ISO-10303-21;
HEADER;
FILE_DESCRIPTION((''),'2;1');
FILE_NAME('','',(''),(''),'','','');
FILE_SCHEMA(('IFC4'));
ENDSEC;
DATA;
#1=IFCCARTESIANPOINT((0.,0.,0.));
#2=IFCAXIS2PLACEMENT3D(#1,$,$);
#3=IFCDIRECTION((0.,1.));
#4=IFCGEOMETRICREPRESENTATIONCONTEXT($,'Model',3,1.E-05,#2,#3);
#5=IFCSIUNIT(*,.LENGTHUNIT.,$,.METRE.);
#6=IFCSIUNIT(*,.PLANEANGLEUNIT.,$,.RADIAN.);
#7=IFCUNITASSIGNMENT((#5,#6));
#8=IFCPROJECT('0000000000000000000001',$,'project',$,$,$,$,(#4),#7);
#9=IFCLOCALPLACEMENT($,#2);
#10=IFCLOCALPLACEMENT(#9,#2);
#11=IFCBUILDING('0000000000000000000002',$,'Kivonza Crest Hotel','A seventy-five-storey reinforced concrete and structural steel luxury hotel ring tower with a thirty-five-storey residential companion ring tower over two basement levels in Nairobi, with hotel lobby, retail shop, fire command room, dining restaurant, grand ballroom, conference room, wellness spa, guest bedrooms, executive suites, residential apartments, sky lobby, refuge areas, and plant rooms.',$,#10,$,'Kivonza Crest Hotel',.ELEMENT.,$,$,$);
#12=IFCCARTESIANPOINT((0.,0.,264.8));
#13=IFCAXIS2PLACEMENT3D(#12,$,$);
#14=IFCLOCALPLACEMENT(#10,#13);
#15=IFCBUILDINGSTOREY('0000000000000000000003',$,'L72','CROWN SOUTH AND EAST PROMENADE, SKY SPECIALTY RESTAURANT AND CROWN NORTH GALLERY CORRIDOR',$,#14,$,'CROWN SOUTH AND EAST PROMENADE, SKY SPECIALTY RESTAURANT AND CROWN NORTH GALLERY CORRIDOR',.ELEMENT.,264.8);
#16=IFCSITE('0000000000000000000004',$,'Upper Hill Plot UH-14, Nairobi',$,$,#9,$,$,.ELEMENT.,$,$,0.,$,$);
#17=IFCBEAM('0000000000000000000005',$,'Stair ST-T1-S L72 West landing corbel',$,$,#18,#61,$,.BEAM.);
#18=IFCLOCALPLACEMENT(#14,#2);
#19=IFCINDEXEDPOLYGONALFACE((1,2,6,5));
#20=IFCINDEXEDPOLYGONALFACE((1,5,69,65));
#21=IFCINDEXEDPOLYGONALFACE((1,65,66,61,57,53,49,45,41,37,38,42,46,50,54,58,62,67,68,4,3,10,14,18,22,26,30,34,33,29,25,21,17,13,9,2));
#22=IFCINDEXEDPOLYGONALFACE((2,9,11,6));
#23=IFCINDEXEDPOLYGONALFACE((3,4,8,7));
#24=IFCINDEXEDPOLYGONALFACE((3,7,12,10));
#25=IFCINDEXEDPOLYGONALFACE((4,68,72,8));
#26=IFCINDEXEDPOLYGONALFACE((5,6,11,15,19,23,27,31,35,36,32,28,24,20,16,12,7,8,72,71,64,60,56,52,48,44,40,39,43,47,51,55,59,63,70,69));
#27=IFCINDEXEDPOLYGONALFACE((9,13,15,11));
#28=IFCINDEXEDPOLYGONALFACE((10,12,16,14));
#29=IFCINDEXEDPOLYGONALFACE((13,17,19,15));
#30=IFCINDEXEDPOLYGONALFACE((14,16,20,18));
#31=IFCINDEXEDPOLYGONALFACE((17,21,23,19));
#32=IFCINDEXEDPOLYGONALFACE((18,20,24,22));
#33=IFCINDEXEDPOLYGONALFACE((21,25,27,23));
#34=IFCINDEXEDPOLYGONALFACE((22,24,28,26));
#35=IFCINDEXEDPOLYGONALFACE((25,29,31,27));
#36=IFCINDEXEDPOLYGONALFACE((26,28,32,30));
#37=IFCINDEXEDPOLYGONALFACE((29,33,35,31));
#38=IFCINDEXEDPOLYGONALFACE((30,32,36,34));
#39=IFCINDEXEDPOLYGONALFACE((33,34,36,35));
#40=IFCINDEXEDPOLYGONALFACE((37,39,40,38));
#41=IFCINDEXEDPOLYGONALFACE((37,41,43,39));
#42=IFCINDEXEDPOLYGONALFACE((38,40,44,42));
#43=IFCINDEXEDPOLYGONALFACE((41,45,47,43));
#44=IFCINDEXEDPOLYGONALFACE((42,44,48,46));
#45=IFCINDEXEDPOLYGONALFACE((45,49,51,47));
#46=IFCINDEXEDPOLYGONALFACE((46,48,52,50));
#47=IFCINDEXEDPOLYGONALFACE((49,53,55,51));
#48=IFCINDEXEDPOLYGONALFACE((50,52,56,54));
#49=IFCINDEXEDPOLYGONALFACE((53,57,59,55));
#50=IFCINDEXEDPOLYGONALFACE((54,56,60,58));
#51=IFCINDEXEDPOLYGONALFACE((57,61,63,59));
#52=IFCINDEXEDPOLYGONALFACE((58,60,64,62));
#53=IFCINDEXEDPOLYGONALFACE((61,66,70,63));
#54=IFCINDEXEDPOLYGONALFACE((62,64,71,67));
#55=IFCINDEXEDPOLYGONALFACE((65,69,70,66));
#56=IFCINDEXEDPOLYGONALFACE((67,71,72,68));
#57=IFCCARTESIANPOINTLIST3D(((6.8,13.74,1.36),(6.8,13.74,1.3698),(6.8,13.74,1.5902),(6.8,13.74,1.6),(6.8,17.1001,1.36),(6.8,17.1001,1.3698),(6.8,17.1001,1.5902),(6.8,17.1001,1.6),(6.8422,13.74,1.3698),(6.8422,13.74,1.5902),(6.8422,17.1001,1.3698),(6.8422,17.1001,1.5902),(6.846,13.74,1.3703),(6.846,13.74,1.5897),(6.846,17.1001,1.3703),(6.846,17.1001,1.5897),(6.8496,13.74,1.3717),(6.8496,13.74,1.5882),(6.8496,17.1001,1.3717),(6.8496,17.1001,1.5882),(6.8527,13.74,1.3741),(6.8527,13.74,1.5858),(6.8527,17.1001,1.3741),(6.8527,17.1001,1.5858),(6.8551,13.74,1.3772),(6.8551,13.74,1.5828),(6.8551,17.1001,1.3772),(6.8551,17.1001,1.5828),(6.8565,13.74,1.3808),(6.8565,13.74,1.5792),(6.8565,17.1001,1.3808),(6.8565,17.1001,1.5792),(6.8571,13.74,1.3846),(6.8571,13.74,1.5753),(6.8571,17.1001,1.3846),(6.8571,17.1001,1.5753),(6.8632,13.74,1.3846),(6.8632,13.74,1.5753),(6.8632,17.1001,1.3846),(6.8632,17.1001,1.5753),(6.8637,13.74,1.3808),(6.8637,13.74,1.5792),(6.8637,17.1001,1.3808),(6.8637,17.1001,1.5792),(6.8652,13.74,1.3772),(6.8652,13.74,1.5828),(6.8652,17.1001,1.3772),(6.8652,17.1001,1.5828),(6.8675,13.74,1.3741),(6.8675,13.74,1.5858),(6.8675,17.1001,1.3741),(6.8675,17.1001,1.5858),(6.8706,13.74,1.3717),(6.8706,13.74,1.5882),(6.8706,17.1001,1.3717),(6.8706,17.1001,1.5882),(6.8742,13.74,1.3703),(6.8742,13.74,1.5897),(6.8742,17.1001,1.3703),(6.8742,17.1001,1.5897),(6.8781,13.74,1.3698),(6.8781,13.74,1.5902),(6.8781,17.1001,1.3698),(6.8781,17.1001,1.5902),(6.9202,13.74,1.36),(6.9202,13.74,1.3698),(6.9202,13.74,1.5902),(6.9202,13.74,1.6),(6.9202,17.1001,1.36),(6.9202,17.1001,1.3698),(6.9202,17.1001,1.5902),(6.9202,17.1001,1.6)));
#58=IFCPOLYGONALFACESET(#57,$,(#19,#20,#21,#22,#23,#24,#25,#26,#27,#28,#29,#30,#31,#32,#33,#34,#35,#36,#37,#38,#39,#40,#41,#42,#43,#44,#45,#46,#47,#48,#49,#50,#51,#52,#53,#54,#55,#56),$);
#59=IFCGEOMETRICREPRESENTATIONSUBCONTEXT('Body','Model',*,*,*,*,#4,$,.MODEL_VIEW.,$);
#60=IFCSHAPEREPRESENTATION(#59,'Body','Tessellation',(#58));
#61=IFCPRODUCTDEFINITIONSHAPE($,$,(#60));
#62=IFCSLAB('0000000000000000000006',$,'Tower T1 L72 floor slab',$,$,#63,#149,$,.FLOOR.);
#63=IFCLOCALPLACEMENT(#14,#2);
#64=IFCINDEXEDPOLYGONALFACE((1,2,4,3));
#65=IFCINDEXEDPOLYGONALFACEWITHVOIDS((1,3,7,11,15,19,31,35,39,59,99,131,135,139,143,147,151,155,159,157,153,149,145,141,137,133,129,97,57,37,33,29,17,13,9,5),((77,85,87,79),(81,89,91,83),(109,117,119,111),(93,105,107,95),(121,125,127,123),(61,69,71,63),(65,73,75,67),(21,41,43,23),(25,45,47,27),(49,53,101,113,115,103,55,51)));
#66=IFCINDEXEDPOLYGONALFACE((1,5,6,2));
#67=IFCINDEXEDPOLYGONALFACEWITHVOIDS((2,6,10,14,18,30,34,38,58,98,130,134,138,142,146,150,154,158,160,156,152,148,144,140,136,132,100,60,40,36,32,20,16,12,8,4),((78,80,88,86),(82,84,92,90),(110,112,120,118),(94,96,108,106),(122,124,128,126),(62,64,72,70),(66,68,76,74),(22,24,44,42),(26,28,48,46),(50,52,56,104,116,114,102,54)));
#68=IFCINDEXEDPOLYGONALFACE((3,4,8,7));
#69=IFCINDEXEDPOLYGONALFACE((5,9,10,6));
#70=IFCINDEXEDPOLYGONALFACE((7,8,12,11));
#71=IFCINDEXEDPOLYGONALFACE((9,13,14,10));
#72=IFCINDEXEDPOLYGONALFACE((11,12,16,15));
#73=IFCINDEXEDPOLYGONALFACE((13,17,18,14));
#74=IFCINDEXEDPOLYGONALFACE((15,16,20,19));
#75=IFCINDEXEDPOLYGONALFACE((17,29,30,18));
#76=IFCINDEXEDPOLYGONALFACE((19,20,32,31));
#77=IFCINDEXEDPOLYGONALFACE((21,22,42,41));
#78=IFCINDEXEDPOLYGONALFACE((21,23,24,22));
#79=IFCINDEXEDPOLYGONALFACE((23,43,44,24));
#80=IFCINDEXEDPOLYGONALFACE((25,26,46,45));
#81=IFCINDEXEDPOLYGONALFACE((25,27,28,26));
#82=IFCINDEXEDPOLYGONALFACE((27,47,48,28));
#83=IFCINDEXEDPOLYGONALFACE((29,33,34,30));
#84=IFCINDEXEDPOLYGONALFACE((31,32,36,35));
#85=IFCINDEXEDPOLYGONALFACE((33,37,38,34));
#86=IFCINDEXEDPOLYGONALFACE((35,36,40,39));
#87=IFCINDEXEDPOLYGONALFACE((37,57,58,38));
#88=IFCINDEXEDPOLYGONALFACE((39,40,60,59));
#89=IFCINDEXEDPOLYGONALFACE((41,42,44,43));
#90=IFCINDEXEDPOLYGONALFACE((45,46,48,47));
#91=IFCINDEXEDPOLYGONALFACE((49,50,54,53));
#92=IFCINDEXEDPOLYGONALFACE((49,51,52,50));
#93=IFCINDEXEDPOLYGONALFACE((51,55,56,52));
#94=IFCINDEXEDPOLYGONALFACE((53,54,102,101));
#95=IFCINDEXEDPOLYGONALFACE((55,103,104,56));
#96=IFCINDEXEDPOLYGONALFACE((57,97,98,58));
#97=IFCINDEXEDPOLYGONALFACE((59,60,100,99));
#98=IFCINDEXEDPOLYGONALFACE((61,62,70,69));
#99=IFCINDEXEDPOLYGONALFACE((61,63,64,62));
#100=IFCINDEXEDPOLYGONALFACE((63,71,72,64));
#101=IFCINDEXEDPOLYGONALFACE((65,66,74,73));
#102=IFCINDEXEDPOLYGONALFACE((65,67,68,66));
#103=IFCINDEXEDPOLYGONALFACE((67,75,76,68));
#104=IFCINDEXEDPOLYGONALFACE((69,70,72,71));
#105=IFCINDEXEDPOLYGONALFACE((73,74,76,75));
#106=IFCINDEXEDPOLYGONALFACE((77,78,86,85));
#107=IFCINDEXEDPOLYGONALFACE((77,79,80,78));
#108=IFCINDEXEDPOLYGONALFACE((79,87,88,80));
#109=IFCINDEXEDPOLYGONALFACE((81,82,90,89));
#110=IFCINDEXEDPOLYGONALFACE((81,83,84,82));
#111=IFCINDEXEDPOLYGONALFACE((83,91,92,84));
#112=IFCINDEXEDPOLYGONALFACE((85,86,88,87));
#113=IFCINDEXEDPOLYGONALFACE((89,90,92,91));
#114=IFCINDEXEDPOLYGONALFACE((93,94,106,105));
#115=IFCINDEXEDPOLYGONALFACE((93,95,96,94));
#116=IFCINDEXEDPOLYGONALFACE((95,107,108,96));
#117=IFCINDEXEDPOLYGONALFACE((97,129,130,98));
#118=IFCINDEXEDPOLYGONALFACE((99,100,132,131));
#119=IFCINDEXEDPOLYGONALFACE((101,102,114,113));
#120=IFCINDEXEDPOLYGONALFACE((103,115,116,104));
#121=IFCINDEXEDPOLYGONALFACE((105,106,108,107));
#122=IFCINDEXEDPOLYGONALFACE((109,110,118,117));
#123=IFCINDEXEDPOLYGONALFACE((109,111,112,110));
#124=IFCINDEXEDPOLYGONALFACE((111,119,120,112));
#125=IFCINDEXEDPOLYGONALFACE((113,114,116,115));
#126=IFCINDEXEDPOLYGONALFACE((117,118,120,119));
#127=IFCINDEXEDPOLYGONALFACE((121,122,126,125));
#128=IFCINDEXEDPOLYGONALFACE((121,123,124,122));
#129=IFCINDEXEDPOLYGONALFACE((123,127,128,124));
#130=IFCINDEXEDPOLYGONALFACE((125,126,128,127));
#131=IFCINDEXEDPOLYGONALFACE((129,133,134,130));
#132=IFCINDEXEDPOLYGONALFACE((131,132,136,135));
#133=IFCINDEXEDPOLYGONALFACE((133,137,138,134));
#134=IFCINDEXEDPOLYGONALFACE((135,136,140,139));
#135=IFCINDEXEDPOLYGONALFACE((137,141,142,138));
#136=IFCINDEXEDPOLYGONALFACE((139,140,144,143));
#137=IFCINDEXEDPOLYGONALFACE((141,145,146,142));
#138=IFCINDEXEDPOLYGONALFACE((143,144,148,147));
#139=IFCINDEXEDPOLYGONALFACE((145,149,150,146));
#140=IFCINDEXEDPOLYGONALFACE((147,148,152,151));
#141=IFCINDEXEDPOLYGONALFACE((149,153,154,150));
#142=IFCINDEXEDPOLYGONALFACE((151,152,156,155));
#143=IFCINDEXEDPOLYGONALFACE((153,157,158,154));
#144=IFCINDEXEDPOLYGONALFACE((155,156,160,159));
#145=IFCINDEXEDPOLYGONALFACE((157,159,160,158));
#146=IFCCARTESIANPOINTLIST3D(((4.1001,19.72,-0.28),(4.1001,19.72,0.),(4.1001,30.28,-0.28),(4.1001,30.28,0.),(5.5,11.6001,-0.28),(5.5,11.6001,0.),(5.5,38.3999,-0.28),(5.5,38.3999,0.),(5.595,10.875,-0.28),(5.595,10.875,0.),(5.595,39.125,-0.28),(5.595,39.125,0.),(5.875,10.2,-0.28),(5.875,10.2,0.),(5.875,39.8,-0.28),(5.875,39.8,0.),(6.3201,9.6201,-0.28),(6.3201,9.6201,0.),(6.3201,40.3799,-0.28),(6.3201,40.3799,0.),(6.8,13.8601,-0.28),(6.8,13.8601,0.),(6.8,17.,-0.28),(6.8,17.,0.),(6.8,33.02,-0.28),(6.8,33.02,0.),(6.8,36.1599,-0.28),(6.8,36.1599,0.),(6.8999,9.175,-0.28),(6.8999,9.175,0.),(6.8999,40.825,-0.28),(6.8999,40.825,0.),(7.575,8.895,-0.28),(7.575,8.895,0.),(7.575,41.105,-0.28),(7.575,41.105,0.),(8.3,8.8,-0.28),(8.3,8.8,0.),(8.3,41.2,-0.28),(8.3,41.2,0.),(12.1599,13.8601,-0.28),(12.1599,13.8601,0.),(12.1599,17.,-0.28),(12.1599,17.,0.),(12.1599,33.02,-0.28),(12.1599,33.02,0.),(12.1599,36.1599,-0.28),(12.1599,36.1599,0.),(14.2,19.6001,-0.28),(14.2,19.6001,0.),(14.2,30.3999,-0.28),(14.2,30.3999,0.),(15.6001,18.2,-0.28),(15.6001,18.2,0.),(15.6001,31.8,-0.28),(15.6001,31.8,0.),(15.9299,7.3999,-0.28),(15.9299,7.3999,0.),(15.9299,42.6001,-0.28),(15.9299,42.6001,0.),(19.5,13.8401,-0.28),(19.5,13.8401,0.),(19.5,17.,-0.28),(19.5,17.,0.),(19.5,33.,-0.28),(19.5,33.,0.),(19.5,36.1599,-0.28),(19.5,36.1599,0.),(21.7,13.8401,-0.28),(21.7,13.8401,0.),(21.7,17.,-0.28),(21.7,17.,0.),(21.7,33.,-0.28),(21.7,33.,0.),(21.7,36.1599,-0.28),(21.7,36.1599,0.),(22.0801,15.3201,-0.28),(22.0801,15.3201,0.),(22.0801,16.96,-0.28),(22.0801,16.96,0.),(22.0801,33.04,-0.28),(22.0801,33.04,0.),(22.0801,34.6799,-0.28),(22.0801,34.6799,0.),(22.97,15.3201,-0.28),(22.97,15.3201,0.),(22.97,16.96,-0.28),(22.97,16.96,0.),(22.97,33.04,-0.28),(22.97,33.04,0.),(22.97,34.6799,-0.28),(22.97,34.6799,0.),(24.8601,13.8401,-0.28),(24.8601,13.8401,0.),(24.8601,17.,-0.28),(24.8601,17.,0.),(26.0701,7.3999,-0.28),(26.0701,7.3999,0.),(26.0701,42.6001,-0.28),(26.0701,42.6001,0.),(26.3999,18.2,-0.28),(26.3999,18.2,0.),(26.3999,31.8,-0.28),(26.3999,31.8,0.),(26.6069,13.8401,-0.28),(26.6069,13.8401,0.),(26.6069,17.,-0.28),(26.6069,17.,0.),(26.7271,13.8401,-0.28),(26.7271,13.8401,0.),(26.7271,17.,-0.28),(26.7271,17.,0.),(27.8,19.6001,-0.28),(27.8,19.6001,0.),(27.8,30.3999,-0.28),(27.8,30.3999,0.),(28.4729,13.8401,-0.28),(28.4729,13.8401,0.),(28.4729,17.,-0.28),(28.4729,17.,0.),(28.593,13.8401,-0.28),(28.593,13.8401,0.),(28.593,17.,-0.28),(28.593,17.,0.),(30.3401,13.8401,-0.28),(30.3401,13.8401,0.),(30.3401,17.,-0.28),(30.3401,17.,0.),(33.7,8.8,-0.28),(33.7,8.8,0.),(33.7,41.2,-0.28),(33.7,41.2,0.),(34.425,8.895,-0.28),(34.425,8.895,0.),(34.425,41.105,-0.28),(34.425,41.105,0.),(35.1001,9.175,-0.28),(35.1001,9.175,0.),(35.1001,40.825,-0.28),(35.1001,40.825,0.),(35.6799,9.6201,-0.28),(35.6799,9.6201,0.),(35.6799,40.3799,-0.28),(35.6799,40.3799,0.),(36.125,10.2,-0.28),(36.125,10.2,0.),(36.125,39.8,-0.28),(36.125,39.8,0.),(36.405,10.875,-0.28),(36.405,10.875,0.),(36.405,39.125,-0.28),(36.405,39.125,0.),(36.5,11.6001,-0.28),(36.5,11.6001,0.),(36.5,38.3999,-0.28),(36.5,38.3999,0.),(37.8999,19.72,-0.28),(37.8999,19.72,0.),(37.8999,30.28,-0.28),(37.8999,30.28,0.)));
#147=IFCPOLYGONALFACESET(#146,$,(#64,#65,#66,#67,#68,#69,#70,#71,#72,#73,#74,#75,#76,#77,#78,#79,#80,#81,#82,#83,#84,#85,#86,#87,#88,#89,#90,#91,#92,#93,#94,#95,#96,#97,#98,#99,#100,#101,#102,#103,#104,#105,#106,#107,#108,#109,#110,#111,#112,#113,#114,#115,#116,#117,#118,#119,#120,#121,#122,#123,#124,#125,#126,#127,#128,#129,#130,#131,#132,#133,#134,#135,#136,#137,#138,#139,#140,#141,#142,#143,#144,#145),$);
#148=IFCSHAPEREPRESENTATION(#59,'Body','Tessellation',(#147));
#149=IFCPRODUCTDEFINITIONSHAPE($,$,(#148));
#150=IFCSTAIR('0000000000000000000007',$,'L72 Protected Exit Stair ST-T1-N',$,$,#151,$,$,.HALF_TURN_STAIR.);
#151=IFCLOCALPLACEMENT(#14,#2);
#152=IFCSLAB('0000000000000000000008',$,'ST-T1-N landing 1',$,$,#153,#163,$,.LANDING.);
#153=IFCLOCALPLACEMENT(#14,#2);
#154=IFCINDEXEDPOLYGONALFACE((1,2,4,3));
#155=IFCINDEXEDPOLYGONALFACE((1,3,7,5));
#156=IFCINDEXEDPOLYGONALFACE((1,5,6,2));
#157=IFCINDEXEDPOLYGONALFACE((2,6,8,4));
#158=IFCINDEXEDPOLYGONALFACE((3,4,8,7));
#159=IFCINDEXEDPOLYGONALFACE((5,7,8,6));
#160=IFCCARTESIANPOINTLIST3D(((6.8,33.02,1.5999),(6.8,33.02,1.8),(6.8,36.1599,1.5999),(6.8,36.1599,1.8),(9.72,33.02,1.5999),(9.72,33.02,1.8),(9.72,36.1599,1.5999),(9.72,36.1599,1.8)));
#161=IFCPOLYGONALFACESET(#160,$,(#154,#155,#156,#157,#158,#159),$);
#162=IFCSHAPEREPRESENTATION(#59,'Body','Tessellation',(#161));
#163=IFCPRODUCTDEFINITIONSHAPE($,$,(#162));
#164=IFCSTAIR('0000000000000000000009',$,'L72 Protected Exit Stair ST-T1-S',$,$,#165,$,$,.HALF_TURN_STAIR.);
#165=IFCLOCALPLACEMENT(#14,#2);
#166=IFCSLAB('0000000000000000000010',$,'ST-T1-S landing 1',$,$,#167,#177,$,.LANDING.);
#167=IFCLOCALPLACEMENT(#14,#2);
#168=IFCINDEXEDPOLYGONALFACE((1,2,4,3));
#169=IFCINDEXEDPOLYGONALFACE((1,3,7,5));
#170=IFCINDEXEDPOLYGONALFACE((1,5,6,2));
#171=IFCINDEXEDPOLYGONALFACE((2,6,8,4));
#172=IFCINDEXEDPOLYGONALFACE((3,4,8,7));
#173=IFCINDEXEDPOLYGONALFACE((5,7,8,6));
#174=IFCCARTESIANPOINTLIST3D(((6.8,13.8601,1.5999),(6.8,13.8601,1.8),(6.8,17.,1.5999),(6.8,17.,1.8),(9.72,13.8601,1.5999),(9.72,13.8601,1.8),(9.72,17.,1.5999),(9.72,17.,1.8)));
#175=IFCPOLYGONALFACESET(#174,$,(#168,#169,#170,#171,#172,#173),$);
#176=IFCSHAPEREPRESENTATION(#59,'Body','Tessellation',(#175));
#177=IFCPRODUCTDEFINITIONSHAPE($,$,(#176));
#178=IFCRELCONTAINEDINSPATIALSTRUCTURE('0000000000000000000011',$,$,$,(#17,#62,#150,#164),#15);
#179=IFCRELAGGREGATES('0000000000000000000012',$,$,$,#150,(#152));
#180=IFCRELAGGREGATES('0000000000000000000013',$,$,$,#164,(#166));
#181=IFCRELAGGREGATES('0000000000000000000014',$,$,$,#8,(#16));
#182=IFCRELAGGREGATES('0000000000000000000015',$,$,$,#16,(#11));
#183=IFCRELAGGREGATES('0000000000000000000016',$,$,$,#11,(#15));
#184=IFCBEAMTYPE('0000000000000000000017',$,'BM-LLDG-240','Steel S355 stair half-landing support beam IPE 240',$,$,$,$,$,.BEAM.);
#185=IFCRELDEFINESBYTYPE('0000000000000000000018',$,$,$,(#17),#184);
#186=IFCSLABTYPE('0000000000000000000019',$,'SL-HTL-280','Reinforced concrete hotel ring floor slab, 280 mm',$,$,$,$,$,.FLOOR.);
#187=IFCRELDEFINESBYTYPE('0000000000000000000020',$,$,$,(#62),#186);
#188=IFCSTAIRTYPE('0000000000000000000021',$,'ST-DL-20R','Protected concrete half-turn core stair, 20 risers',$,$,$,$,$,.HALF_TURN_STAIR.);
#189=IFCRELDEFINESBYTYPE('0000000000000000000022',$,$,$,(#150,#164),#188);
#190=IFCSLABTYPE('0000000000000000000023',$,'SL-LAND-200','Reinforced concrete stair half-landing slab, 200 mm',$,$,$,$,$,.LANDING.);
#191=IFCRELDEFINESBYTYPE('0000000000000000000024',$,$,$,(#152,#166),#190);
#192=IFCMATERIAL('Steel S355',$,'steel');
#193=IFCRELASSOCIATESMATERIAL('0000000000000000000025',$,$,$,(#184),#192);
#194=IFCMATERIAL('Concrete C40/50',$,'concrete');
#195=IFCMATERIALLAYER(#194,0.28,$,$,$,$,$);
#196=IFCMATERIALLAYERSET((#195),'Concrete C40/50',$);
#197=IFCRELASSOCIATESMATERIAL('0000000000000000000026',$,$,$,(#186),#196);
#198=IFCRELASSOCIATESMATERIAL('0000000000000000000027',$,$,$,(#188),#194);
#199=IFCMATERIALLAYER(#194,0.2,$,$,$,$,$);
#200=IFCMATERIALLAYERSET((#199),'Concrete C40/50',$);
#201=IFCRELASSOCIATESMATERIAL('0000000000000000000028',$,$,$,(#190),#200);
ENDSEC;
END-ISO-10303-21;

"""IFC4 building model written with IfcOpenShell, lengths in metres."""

from ifc_helpers import new_model, si_unit, direction, frame, origin, origin_2d, place, context, subcontext, project, spatial, polyline, i_section, outline, extrude, material, layer, layer_set, material_profile, profile_set, type_object, element, aggregate, save


model = new_model("IFC4")

# Units and contexts
model_context = context("Model", 3, precision=1e-05, world=origin(), true_north=direction((0.0, 1.0)))
body_context = subcontext(model_context, "Body", "Model", "MODEL_VIEW")
ifc_project = project(units=[si_unit("LENGTHUNIT", "METRE"), si_unit("PLANEANGLEUNIT", "RADIAN")], contexts=[model_context])

# Site, building, storey
site_placement = place(None, origin())
site = spatial("IfcSite", under=ifc_project, at=site_placement, Name="Upper Hill Plot UH-14, Nairobi", CompositionType="ELEMENT", RefElevation=0.0)
building_placement = place(site_placement, origin())
building = spatial("IfcBuilding", under=site, at=building_placement, Name="Kivonza Crest Hotel", Description="A seventy-five-storey reinforced concrete and structural steel luxury hotel ring tower with a thirty-five-storey residential companion ring tower over two basement levels in Nairobi, with hotel lobby, retail shop, fire command room, dining restaurant, grand ballroom, conference room, wellness spa, guest bedrooms, executive suites, residential apartments, sky lobby, refuge areas, and plant rooms.", LongName="Kivonza Crest Hotel", CompositionType="ELEMENT")
storey_placement = place(building_placement, frame((0.0, 0.0, 264.8)))
storey = spatial("IfcBuildingStorey", under=building, at=storey_placement, Name="L72", Description="CROWN SOUTH AND EAST PROMENADE, SKY SPECIALTY RESTAURANT AND CROWN NORTH GALLERY CORRIDOR", LongName="CROWN SOUTH AND EAST PROMENADE, SKY SPECIALTY RESTAURANT AND CROWN NORTH GALLERY CORRIDOR", CompositionType="ELEMENT", Elevation=264.8)

# Beam
ifc_material_1 = material(Name="Steel S355", Category="steel")
ifc_material_profile = material_profile(ifc_material_1, i_section(OverallWidth=0.1201, OverallDepth=0.24, WebThickness=0.0061, FlangeThickness=0.0098, FilletRadius=0.0149, at=origin_2d()), Name="IPE 240")
ifc_profile_set = profile_set([ifc_material_profile], Name="Steel S355")
beam_type = type_object("IfcBeamType", Name="BM-LLDG-240", Description="Steel S355 stair half-landing support beam IPE 240", PredefinedType="BEAM", material=ifc_profile_set)
beam_placement = place(storey_placement, frame((6.8601, 13.74, 1.48), z_axis=(0.0, 1.0, 0.0), x_axis=(-1.0, 0.0, 0.0)))
element("IfcBeam", 1, at=beam_placement, inside=storey, type_object=beam_type, Name="Stair ST-T1-S L72 West landing corbel", PredefinedType="BEAM", context=body_context, shape_type="SweptSolid", body=[
    extrude(i_section(OverallWidth=0.1201, OverallDepth=0.24, WebThickness=0.0061, FlangeThickness=0.0098, FilletRadius=0.0149, at=origin_2d()), origin(), (0.0, 0.0, 1.0), 3.3601),
])

# Slab
ifc_material_2 = material(Name="Concrete C40/50", Category="concrete")
ifc_layer_1 = layer(ifc_material_2, 0.28)
ifc_layer_set_1 = layer_set([ifc_layer_1], Name="Concrete C40/50")
slab_type_1 = type_object("IfcSlabType", Name="SL-HTL-280", Description="Reinforced concrete hotel ring floor slab, 280 mm", PredefinedType="FLOOR", material=ifc_layer_set_1)
slab_1_placement = place(storey_placement, frame((0.0, 0.0, -0.28)))
element("IfcSlab", 2, at=slab_1_placement, inside=storey, type_object=slab_type_1, Name="Tower T1 L72 floor slab", PredefinedType="FLOOR", context=body_context, shape_type="SweptSolid", body=[
    extrude(outline(polyline([(5.5, 11.6001), (5.595, 10.875), (5.875, 10.2), (6.3201, 9.6201), (6.8999, 9.175), (7.575, 8.895), (8.3, 8.8), (15.9299, 7.3999), (26.0701, 7.3999), (33.7, 8.8), (34.425, 8.895), (35.1001, 9.175), (35.6799, 9.6201), (36.125, 10.2), (36.405, 10.875), (36.5, 11.6001), (37.8999, 19.72), (37.8999, 30.28), (36.5, 38.3999), (36.405, 39.125), (36.125, 39.8), (35.6799, 40.3799), (35.1001, 40.825), (34.425, 41.105), (33.7, 41.2), (26.0701, 42.6001), (15.9299, 42.6001), (8.3, 41.2), (7.575, 41.105), (6.8999, 40.825), (6.3201, 40.3799), (5.875, 39.8), (5.595, 39.125), (5.5, 38.3999), (4.1001, 30.28), (4.1001, 19.72), (5.5, 11.6001)]), holes=[polyline([(15.6001, 18.2), (26.3999, 18.2), (27.8, 19.6001), (27.8, 30.3999), (26.3999, 31.8), (15.6001, 31.8), (14.2, 30.3999), (14.2, 19.6001), (15.6001, 18.2)]), polyline([(6.8, 33.02), (12.1599, 33.02), (12.1599, 36.1599), (6.8, 36.1599), (6.8, 33.02)]), polyline([(6.8, 13.8601), (12.1599, 13.8601), (12.1599, 17.0), (6.8, 17.0), (6.8, 13.8601)]), polyline([(22.0801, 33.04), (22.97, 33.04), (22.97, 34.6799), (22.0801, 34.6799), (22.0801, 33.04)]), polyline([(22.0801, 15.3201), (22.97, 15.3201), (22.97, 16.96), (22.0801, 16.96), (22.0801, 15.3201)]), polyline([(19.5, 33.0), (21.7, 33.0), (21.7, 36.1599), (19.5, 36.1599), (19.5, 33.0)]), polyline([(19.5, 13.8401), (21.7, 13.8401), (21.7, 17.0), (19.5, 17.0), (19.5, 13.8401)]), polyline([(24.8601, 13.8401), (26.6069, 13.8401), (26.6069, 17.0), (24.8601, 17.0), (24.8601, 13.8401)]), polyline([(26.7271, 13.8401), (28.4729, 13.8401), (28.4729, 17.0), (26.7271, 17.0), (26.7271, 13.8401)]), polyline([(28.593, 13.8401), (30.3401, 13.8401), (30.3401, 17.0), (28.593, 17.0), (28.593, 13.8401)])]), origin(), (0.0, 0.0, 1.0), 0.28),
])

# Stairs, slabs
stair_type = type_object("IfcStairType", Name="ST-DL-20R", Description="Protected concrete half-turn core stair, 20 risers", PredefinedType="HALF_TURN_STAIR", material=ifc_material_2)
stair_1_placement = place(storey_placement, origin())
stair_1 = element("IfcStair", 3, at=stair_1_placement, inside=storey, type_object=stair_type, Name="L72 Protected Exit Stair ST-T1-N", PredefinedType="HALF_TURN_STAIR")
ifc_layer_2 = layer(ifc_material_2, 0.2)
ifc_layer_set_2 = layer_set([ifc_layer_2], Name="Concrete C40/50")
slab_type_2 = type_object("IfcSlabType", Name="SL-LAND-200", Description="Reinforced concrete stair half-landing slab, 200 mm", PredefinedType="LANDING", material=ifc_layer_set_2)
slab_2_placement = place(storey_placement, frame((0.0, 0.0, 1.5999)))
slab_2 = element("IfcSlab", 4, at=slab_2_placement, type_object=slab_type_2, Name="ST-T1-N landing 1", PredefinedType="LANDING", context=body_context, shape_type="SweptSolid", body=[
    extrude(outline(polyline([(9.72, 36.1599), (6.8, 36.1599), (6.8, 33.02), (9.72, 33.02), (9.72, 36.1599)])), origin(), (0.0, 0.0, 1.0), 0.2002),
])
aggregate(stair_1, [slab_2])
stair_2_placement = place(storey_placement, origin())
stair_2 = element("IfcStair", 5, at=stair_2_placement, inside=storey, type_object=stair_type, Name="L72 Protected Exit Stair ST-T1-S", PredefinedType="HALF_TURN_STAIR")
slab_3_placement = place(storey_placement, frame((0.0, 0.0, 1.5999)))
slab_3 = element("IfcSlab", 6, at=slab_3_placement, type_object=slab_type_2, Name="ST-T1-S landing 1", PredefinedType="LANDING", context=body_context, shape_type="SweptSolid", body=[
    extrude(outline(polyline([(9.72, 17.0), (6.8, 17.0), (6.8, 13.8601), (9.72, 13.8601), (9.72, 17.0)])), origin(), (0.0, 0.0, 1.0), 0.2002),
])
aggregate(stair_2, [slab_3])

save(model, "model.ifc")
